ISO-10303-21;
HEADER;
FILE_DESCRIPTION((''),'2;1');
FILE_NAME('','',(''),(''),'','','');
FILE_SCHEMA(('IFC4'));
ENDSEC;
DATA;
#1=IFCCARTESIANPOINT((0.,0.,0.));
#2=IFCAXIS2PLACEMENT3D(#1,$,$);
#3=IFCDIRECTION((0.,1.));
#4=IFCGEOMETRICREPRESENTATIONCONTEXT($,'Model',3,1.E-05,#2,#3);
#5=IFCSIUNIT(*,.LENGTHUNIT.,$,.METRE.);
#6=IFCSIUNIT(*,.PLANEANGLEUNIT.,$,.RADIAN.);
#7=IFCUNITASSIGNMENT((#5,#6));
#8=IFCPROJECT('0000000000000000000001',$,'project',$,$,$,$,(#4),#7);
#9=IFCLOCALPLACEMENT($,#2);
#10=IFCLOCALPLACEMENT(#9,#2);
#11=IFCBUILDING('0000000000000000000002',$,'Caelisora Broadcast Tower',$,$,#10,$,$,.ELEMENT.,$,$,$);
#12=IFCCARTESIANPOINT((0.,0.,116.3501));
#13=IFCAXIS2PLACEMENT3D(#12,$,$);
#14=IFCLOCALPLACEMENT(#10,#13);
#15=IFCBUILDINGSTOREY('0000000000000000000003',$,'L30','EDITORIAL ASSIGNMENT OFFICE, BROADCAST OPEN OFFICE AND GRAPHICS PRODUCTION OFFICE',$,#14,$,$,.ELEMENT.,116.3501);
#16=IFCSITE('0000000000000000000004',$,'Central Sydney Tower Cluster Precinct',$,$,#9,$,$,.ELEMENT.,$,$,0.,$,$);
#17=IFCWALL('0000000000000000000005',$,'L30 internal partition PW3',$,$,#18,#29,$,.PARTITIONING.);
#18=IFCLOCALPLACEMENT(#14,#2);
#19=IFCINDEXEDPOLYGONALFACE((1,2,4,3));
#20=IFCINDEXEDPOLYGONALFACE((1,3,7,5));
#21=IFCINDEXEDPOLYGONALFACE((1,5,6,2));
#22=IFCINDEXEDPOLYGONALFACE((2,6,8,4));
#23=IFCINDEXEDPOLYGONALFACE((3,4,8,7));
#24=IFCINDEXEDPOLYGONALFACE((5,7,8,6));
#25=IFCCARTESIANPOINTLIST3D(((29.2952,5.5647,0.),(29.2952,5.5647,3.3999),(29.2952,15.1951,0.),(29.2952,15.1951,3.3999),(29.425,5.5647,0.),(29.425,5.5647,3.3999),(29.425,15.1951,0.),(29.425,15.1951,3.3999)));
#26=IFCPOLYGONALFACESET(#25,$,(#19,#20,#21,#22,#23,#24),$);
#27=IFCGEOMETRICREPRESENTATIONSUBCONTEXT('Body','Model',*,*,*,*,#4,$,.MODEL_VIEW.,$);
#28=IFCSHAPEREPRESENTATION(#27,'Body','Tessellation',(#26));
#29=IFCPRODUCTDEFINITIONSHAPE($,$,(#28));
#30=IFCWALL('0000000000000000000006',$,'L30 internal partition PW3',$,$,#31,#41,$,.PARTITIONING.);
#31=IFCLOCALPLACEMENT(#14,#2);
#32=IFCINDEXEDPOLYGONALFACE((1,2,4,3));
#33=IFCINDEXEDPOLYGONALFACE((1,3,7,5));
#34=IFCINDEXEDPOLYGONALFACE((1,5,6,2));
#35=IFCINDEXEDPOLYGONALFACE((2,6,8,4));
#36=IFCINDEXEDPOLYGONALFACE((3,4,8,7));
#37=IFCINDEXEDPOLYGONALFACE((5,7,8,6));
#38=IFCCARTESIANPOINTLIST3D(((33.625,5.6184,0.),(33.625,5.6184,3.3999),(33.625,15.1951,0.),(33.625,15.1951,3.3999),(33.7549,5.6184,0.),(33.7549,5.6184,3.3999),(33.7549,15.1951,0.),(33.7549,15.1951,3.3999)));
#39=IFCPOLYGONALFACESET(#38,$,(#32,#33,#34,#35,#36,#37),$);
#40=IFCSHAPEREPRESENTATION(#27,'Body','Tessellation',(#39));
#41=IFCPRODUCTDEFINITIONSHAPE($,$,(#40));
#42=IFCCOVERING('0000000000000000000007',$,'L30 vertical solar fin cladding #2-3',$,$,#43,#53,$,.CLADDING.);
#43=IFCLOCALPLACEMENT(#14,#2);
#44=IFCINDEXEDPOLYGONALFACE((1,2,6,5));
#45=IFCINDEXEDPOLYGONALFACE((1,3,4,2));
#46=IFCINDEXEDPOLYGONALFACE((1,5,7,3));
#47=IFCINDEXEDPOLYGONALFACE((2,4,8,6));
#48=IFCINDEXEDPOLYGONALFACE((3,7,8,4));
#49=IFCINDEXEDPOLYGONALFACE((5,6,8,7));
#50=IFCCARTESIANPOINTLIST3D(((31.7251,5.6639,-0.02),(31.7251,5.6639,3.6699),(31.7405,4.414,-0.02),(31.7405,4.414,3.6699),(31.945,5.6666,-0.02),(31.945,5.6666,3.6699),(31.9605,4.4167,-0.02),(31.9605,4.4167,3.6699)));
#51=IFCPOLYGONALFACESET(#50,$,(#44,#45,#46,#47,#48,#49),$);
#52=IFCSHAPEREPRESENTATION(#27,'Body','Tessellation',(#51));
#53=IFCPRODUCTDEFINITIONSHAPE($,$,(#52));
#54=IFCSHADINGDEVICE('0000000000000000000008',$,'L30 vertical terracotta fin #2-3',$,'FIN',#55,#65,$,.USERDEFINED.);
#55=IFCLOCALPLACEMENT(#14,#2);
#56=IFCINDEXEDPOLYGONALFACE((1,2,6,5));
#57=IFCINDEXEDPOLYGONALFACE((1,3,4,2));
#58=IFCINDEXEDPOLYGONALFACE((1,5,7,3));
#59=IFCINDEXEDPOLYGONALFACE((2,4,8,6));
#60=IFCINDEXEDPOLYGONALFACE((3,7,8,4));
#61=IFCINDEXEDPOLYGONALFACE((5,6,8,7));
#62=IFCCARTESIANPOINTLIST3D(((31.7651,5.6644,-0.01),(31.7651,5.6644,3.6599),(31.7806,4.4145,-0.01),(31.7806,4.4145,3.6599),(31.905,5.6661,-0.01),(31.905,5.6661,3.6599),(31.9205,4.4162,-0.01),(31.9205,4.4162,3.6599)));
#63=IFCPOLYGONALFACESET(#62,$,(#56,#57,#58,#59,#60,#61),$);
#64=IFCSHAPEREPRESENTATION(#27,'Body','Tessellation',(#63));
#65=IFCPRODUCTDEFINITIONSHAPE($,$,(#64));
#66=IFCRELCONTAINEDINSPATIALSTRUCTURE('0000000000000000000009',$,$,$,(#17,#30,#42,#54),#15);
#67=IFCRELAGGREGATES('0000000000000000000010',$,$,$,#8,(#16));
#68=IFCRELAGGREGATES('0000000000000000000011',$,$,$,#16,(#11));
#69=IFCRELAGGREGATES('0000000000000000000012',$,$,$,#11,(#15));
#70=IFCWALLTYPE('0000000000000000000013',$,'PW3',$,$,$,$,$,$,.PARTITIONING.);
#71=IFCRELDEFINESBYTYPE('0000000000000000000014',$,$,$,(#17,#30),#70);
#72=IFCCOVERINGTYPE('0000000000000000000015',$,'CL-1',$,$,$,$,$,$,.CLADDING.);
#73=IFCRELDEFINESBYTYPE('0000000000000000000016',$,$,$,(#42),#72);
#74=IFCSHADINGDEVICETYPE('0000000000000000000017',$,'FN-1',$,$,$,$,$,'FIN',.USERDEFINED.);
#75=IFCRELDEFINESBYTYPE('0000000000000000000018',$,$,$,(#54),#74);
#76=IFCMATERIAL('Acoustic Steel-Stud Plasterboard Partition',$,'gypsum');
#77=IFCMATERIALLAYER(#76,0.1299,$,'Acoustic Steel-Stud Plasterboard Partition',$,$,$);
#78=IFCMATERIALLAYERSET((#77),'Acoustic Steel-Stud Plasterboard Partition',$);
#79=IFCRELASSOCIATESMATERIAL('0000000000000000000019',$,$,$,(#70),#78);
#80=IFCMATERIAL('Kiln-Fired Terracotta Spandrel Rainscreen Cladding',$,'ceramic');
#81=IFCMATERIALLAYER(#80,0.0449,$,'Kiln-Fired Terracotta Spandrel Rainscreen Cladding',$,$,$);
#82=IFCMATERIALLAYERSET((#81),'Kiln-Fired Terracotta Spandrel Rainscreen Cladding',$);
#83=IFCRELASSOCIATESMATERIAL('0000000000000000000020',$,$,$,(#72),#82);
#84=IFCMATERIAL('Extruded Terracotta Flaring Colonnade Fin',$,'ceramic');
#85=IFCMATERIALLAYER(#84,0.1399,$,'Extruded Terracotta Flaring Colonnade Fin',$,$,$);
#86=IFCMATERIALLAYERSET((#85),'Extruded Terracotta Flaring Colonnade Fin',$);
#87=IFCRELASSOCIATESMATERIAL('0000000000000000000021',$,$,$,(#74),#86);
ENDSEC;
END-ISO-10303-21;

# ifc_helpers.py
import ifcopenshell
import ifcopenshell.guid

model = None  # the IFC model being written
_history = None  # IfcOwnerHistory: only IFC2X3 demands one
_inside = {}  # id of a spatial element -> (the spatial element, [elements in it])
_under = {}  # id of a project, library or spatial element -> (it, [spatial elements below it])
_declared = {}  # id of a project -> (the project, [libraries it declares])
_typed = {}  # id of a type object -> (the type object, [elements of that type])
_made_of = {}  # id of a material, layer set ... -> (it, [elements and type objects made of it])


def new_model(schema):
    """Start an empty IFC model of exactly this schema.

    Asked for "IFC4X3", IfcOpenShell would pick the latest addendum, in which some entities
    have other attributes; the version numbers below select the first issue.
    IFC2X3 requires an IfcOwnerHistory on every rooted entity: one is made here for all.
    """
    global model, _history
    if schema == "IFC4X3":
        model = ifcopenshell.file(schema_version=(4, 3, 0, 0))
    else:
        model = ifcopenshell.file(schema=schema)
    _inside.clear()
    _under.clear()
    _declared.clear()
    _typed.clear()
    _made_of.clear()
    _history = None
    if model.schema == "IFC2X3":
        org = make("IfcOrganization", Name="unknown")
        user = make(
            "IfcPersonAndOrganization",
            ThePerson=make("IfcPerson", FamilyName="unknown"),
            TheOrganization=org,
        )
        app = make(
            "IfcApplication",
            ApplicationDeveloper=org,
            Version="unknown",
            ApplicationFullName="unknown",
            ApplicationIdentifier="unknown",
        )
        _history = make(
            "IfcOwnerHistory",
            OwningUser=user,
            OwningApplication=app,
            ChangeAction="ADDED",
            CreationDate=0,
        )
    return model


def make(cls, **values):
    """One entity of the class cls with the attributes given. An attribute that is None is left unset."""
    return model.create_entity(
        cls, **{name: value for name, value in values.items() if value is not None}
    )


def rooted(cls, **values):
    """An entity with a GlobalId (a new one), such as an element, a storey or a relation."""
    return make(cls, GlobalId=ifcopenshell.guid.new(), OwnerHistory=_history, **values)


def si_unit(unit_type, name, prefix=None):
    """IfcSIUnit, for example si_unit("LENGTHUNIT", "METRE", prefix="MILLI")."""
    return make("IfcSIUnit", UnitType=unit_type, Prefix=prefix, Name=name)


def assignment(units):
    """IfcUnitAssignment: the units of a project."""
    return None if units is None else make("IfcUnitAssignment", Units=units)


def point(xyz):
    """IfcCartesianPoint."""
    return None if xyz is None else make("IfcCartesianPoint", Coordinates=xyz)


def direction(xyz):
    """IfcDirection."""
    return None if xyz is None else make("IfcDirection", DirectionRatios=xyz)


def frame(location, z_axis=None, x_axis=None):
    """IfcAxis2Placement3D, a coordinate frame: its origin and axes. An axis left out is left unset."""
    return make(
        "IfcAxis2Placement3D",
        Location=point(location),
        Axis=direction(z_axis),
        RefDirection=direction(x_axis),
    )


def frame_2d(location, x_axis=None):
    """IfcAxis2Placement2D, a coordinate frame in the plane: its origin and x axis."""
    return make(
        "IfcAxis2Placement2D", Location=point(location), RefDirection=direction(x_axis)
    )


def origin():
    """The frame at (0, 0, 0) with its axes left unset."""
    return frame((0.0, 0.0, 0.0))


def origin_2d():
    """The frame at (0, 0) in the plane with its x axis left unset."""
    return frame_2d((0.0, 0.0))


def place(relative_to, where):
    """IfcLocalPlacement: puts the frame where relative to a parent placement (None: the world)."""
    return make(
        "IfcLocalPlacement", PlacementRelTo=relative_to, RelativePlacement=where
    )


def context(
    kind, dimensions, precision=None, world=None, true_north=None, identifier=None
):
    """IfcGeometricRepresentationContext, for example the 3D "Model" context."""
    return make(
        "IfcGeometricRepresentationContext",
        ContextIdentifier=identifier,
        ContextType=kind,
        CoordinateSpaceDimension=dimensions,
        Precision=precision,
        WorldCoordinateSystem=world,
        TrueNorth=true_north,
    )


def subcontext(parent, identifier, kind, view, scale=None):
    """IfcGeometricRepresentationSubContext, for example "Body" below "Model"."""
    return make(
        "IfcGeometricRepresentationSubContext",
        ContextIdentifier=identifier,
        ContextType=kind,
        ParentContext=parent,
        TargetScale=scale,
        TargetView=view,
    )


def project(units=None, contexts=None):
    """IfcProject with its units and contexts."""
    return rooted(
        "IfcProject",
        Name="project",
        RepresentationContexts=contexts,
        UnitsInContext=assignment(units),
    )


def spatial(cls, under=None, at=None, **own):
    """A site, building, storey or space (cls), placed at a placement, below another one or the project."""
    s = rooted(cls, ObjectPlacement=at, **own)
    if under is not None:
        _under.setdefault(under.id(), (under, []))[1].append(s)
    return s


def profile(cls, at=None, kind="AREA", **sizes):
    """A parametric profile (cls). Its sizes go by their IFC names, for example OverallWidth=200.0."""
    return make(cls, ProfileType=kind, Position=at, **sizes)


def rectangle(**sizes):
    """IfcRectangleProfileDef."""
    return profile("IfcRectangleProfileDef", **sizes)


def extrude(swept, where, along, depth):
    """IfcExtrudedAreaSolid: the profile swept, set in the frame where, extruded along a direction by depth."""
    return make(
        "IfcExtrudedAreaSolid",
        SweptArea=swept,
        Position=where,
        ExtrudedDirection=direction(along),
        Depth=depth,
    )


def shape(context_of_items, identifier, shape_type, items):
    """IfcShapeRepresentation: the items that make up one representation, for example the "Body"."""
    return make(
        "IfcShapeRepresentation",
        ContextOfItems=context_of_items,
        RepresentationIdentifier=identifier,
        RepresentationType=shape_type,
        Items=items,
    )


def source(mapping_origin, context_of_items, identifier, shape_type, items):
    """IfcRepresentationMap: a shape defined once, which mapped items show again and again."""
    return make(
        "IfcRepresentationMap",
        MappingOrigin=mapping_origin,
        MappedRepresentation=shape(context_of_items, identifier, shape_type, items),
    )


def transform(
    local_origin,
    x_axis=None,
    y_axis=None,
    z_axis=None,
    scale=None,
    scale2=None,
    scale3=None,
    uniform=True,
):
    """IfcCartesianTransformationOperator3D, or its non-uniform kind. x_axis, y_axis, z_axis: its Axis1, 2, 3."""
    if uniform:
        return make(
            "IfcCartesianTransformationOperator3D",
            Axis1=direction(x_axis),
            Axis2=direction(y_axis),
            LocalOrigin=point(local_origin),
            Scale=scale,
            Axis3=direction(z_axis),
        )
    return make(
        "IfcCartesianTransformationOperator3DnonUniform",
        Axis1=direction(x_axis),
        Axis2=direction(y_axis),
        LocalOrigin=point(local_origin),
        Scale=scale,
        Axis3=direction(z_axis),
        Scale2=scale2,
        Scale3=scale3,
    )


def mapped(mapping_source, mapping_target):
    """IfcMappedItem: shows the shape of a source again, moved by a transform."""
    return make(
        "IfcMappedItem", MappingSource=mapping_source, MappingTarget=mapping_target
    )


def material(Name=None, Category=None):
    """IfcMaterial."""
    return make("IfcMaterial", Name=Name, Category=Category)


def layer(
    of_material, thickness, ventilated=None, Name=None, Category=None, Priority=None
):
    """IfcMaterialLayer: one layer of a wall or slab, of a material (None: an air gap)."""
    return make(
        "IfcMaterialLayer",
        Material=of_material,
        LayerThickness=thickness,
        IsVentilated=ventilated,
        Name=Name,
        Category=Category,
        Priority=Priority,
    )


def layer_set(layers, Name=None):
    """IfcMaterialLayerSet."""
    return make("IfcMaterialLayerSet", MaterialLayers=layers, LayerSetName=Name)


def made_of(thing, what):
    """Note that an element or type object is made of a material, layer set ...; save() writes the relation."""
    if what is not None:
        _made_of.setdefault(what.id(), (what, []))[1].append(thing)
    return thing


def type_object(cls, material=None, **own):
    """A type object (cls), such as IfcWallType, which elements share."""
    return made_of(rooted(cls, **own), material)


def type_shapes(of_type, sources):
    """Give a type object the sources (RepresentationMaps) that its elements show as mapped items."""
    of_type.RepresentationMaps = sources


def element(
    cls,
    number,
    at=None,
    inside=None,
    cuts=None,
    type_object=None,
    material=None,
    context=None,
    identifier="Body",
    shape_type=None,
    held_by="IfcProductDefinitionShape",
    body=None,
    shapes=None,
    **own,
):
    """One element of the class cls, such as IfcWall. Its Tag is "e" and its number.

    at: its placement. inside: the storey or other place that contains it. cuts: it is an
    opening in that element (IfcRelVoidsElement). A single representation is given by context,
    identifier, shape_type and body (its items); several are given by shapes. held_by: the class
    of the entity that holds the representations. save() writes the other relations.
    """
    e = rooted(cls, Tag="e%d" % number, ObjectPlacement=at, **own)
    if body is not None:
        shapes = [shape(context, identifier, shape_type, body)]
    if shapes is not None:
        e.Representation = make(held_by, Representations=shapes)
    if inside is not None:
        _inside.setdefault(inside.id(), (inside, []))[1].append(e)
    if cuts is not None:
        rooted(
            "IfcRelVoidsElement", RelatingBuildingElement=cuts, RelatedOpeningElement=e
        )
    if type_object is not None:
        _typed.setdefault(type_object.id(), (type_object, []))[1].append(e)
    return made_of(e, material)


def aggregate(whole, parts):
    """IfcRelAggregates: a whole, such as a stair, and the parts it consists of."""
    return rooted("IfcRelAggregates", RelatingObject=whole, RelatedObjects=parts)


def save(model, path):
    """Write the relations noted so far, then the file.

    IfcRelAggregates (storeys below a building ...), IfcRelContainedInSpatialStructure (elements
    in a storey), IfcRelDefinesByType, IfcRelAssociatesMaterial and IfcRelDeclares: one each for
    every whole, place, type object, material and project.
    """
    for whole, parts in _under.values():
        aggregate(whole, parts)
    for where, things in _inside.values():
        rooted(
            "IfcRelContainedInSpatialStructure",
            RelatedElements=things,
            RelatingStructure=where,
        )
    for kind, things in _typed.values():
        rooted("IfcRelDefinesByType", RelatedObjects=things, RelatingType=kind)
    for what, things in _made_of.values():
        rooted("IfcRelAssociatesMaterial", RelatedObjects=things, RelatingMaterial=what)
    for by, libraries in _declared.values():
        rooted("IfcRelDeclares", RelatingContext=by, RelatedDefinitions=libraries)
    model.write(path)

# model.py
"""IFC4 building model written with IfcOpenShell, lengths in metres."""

from ifc_helpers import new_model, si_unit, direction, frame, frame_2d, origin, origin_2d, place, context, subcontext, project, spatial, rectangle, extrude, source, transform, mapped, material, layer, layer_set, type_object, type_shapes, element, save


model = new_model("IFC4")

# Units and contexts
model_context = context("Model", 3, precision=1e-05, world=origin(), true_north=direction((0.0, 1.0)))
body_context = subcontext(model_context, "Body", "Model", "MODEL_VIEW")
ifc_project = project(units=[si_unit("LENGTHUNIT", "METRE"), si_unit("PLANEANGLEUNIT", "RADIAN")], contexts=[model_context])

# Site, building, storey
site_placement = place(None, origin())
site = spatial("IfcSite", under=ifc_project, at=site_placement, Name="Central Sydney Tower Cluster Precinct", CompositionType="ELEMENT", RefElevation=0.0)
building_placement = place(site_placement, origin())
building = spatial("IfcBuilding", under=site, at=building_placement, Name="Caelisora Broadcast Tower", CompositionType="ELEMENT")
storey_placement = place(building_placement, frame((0.0, 0.0, 116.3501)))
storey = spatial("IfcBuildingStorey", under=building, at=storey_placement, Name="L30", Description="EDITORIAL ASSIGNMENT OFFICE, BROADCAST OPEN OFFICE AND GRAPHICS PRODUCTION OFFICE", CompositionType="ELEMENT", Elevation=116.3501)

# Walls
ifc_material_1 = material(Name="Acoustic Steel-Stud Plasterboard Partition", Category="gypsum")
ifc_layer_1 = layer(ifc_material_1, 0.1299, Name="Acoustic Steel-Stud Plasterboard Partition")
ifc_layer_set_1 = layer_set([ifc_layer_1], Name="Acoustic Steel-Stud Plasterboard Partition")
wall_type_1 = type_object("IfcWallType", Name="PW3", PredefinedType="PARTITIONING", material=ifc_layer_set_1)
wall_1_placement = place(storey_placement, frame((29.3601, 5.5647, 0.0), z_axis=(0.0, 0.0, 1.0), x_axis=(0.0, 1.0, 0.0)))
element("IfcWall", 1, at=wall_1_placement, inside=storey, type_object=wall_type_1, Name="L30 internal partition PW3", PredefinedType="PARTITIONING", context=body_context, shape_type="SweptSolid", body=[
    extrude(rectangle(XDim=9.6304, YDim=0.1299, at=frame_2d((4.8152, 0.0))), origin(), (0.0, 0.0, 1.0), 3.3999),
])
wall_2_placement = place(storey_placement, frame((33.6899, 5.6184, 0.0), z_axis=(0.0, 0.0, 1.0), x_axis=(0.0, 1.0, 0.0)))
element("IfcWall", 2, at=wall_2_placement, inside=storey, type_object=wall_type_1, Name="L30 internal partition PW3", PredefinedType="PARTITIONING", context=body_context, shape_type="SweptSolid", body=[
    extrude(rectangle(XDim=9.5767, YDim=0.1299, at=frame_2d((4.7883, 0.0))), origin(), (0.0, 0.0, 1.0), 3.3999),
])

# Covering
ifc_material_2 = material(Name="Kiln-Fired Terracotta Spandrel Rainscreen Cladding", Category="ceramic")
ifc_layer_2 = layer(ifc_material_2, 0.0449, Name="Kiln-Fired Terracotta Spandrel Rainscreen Cladding")
ifc_layer_set_2 = layer_set([ifc_layer_2], Name="Kiln-Fired Terracotta Spandrel Rainscreen Cladding")
covering_type = type_object("IfcCoveringType", Name="CL-1", PredefinedType="CLADDING", material=ifc_layer_set_2)
shared_shape_1 = source(origin(), body_context, "Body", "SweptSolid", [
    extrude(rectangle(XDim=0.22, YDim=1.25, at=origin_2d()), origin(), (0.0, 0.0, 1.0), 3.6899),
])
type_shapes(covering_type, [shared_shape_1])
covering_placement = place(storey_placement, frame((31.8428, 5.0403, -0.02), z_axis=(0.0, 0.0, 1.0), x_axis=(-0.999923, -0.012392, 0.0)))
element("IfcCovering", 3, at=covering_placement, inside=storey, type_object=covering_type, Name="L30 vertical solar fin cladding #2-3", PredefinedType="CLADDING", context=body_context, shape_type="MappedRepresentation", body=[
    mapped(shared_shape_1, transform((0.0, 0.0, 0.0), scale=1.0)),
])

# Shading device
ifc_material_3 = material(Name="Extruded Terracotta Flaring Colonnade Fin", Category="ceramic")
ifc_layer_3 = layer(ifc_material_3, 0.1399, Name="Extruded Terracotta Flaring Colonnade Fin")
ifc_layer_set_3 = layer_set([ifc_layer_3], Name="Extruded Terracotta Flaring Colonnade Fin")
shading_device_type = type_object("IfcShadingDeviceType", Name="FN-1", ElementType="FIN", PredefinedType="USERDEFINED", material=ifc_layer_set_3)
shared_shape_2 = source(origin(), body_context, "Body", "SweptSolid", [
    extrude(rectangle(XDim=0.1399, YDim=1.25, at=origin_2d()), origin(), (0.0, 0.0, 1.0), 3.6699),
])
type_shapes(shading_device_type, [shared_shape_2])
shading_device_placement = place(storey_placement, frame((31.8428, 5.0403, -0.01), z_axis=(0.0, 0.0, 1.0), x_axis=(-0.999923, -0.012392, 0.0)))
element("IfcShadingDevice", 4, at=shading_device_placement, inside=storey, type_object=shading_device_type, Name="L30 vertical terracotta fin #2-3", ObjectType="FIN", PredefinedType="USERDEFINED", context=body_context, shape_type="MappedRepresentation", body=[
    mapped(shared_shape_2, transform((0.0, 0.0, 0.0), scale=1.0)),
])

save(model, "model.ifc")
